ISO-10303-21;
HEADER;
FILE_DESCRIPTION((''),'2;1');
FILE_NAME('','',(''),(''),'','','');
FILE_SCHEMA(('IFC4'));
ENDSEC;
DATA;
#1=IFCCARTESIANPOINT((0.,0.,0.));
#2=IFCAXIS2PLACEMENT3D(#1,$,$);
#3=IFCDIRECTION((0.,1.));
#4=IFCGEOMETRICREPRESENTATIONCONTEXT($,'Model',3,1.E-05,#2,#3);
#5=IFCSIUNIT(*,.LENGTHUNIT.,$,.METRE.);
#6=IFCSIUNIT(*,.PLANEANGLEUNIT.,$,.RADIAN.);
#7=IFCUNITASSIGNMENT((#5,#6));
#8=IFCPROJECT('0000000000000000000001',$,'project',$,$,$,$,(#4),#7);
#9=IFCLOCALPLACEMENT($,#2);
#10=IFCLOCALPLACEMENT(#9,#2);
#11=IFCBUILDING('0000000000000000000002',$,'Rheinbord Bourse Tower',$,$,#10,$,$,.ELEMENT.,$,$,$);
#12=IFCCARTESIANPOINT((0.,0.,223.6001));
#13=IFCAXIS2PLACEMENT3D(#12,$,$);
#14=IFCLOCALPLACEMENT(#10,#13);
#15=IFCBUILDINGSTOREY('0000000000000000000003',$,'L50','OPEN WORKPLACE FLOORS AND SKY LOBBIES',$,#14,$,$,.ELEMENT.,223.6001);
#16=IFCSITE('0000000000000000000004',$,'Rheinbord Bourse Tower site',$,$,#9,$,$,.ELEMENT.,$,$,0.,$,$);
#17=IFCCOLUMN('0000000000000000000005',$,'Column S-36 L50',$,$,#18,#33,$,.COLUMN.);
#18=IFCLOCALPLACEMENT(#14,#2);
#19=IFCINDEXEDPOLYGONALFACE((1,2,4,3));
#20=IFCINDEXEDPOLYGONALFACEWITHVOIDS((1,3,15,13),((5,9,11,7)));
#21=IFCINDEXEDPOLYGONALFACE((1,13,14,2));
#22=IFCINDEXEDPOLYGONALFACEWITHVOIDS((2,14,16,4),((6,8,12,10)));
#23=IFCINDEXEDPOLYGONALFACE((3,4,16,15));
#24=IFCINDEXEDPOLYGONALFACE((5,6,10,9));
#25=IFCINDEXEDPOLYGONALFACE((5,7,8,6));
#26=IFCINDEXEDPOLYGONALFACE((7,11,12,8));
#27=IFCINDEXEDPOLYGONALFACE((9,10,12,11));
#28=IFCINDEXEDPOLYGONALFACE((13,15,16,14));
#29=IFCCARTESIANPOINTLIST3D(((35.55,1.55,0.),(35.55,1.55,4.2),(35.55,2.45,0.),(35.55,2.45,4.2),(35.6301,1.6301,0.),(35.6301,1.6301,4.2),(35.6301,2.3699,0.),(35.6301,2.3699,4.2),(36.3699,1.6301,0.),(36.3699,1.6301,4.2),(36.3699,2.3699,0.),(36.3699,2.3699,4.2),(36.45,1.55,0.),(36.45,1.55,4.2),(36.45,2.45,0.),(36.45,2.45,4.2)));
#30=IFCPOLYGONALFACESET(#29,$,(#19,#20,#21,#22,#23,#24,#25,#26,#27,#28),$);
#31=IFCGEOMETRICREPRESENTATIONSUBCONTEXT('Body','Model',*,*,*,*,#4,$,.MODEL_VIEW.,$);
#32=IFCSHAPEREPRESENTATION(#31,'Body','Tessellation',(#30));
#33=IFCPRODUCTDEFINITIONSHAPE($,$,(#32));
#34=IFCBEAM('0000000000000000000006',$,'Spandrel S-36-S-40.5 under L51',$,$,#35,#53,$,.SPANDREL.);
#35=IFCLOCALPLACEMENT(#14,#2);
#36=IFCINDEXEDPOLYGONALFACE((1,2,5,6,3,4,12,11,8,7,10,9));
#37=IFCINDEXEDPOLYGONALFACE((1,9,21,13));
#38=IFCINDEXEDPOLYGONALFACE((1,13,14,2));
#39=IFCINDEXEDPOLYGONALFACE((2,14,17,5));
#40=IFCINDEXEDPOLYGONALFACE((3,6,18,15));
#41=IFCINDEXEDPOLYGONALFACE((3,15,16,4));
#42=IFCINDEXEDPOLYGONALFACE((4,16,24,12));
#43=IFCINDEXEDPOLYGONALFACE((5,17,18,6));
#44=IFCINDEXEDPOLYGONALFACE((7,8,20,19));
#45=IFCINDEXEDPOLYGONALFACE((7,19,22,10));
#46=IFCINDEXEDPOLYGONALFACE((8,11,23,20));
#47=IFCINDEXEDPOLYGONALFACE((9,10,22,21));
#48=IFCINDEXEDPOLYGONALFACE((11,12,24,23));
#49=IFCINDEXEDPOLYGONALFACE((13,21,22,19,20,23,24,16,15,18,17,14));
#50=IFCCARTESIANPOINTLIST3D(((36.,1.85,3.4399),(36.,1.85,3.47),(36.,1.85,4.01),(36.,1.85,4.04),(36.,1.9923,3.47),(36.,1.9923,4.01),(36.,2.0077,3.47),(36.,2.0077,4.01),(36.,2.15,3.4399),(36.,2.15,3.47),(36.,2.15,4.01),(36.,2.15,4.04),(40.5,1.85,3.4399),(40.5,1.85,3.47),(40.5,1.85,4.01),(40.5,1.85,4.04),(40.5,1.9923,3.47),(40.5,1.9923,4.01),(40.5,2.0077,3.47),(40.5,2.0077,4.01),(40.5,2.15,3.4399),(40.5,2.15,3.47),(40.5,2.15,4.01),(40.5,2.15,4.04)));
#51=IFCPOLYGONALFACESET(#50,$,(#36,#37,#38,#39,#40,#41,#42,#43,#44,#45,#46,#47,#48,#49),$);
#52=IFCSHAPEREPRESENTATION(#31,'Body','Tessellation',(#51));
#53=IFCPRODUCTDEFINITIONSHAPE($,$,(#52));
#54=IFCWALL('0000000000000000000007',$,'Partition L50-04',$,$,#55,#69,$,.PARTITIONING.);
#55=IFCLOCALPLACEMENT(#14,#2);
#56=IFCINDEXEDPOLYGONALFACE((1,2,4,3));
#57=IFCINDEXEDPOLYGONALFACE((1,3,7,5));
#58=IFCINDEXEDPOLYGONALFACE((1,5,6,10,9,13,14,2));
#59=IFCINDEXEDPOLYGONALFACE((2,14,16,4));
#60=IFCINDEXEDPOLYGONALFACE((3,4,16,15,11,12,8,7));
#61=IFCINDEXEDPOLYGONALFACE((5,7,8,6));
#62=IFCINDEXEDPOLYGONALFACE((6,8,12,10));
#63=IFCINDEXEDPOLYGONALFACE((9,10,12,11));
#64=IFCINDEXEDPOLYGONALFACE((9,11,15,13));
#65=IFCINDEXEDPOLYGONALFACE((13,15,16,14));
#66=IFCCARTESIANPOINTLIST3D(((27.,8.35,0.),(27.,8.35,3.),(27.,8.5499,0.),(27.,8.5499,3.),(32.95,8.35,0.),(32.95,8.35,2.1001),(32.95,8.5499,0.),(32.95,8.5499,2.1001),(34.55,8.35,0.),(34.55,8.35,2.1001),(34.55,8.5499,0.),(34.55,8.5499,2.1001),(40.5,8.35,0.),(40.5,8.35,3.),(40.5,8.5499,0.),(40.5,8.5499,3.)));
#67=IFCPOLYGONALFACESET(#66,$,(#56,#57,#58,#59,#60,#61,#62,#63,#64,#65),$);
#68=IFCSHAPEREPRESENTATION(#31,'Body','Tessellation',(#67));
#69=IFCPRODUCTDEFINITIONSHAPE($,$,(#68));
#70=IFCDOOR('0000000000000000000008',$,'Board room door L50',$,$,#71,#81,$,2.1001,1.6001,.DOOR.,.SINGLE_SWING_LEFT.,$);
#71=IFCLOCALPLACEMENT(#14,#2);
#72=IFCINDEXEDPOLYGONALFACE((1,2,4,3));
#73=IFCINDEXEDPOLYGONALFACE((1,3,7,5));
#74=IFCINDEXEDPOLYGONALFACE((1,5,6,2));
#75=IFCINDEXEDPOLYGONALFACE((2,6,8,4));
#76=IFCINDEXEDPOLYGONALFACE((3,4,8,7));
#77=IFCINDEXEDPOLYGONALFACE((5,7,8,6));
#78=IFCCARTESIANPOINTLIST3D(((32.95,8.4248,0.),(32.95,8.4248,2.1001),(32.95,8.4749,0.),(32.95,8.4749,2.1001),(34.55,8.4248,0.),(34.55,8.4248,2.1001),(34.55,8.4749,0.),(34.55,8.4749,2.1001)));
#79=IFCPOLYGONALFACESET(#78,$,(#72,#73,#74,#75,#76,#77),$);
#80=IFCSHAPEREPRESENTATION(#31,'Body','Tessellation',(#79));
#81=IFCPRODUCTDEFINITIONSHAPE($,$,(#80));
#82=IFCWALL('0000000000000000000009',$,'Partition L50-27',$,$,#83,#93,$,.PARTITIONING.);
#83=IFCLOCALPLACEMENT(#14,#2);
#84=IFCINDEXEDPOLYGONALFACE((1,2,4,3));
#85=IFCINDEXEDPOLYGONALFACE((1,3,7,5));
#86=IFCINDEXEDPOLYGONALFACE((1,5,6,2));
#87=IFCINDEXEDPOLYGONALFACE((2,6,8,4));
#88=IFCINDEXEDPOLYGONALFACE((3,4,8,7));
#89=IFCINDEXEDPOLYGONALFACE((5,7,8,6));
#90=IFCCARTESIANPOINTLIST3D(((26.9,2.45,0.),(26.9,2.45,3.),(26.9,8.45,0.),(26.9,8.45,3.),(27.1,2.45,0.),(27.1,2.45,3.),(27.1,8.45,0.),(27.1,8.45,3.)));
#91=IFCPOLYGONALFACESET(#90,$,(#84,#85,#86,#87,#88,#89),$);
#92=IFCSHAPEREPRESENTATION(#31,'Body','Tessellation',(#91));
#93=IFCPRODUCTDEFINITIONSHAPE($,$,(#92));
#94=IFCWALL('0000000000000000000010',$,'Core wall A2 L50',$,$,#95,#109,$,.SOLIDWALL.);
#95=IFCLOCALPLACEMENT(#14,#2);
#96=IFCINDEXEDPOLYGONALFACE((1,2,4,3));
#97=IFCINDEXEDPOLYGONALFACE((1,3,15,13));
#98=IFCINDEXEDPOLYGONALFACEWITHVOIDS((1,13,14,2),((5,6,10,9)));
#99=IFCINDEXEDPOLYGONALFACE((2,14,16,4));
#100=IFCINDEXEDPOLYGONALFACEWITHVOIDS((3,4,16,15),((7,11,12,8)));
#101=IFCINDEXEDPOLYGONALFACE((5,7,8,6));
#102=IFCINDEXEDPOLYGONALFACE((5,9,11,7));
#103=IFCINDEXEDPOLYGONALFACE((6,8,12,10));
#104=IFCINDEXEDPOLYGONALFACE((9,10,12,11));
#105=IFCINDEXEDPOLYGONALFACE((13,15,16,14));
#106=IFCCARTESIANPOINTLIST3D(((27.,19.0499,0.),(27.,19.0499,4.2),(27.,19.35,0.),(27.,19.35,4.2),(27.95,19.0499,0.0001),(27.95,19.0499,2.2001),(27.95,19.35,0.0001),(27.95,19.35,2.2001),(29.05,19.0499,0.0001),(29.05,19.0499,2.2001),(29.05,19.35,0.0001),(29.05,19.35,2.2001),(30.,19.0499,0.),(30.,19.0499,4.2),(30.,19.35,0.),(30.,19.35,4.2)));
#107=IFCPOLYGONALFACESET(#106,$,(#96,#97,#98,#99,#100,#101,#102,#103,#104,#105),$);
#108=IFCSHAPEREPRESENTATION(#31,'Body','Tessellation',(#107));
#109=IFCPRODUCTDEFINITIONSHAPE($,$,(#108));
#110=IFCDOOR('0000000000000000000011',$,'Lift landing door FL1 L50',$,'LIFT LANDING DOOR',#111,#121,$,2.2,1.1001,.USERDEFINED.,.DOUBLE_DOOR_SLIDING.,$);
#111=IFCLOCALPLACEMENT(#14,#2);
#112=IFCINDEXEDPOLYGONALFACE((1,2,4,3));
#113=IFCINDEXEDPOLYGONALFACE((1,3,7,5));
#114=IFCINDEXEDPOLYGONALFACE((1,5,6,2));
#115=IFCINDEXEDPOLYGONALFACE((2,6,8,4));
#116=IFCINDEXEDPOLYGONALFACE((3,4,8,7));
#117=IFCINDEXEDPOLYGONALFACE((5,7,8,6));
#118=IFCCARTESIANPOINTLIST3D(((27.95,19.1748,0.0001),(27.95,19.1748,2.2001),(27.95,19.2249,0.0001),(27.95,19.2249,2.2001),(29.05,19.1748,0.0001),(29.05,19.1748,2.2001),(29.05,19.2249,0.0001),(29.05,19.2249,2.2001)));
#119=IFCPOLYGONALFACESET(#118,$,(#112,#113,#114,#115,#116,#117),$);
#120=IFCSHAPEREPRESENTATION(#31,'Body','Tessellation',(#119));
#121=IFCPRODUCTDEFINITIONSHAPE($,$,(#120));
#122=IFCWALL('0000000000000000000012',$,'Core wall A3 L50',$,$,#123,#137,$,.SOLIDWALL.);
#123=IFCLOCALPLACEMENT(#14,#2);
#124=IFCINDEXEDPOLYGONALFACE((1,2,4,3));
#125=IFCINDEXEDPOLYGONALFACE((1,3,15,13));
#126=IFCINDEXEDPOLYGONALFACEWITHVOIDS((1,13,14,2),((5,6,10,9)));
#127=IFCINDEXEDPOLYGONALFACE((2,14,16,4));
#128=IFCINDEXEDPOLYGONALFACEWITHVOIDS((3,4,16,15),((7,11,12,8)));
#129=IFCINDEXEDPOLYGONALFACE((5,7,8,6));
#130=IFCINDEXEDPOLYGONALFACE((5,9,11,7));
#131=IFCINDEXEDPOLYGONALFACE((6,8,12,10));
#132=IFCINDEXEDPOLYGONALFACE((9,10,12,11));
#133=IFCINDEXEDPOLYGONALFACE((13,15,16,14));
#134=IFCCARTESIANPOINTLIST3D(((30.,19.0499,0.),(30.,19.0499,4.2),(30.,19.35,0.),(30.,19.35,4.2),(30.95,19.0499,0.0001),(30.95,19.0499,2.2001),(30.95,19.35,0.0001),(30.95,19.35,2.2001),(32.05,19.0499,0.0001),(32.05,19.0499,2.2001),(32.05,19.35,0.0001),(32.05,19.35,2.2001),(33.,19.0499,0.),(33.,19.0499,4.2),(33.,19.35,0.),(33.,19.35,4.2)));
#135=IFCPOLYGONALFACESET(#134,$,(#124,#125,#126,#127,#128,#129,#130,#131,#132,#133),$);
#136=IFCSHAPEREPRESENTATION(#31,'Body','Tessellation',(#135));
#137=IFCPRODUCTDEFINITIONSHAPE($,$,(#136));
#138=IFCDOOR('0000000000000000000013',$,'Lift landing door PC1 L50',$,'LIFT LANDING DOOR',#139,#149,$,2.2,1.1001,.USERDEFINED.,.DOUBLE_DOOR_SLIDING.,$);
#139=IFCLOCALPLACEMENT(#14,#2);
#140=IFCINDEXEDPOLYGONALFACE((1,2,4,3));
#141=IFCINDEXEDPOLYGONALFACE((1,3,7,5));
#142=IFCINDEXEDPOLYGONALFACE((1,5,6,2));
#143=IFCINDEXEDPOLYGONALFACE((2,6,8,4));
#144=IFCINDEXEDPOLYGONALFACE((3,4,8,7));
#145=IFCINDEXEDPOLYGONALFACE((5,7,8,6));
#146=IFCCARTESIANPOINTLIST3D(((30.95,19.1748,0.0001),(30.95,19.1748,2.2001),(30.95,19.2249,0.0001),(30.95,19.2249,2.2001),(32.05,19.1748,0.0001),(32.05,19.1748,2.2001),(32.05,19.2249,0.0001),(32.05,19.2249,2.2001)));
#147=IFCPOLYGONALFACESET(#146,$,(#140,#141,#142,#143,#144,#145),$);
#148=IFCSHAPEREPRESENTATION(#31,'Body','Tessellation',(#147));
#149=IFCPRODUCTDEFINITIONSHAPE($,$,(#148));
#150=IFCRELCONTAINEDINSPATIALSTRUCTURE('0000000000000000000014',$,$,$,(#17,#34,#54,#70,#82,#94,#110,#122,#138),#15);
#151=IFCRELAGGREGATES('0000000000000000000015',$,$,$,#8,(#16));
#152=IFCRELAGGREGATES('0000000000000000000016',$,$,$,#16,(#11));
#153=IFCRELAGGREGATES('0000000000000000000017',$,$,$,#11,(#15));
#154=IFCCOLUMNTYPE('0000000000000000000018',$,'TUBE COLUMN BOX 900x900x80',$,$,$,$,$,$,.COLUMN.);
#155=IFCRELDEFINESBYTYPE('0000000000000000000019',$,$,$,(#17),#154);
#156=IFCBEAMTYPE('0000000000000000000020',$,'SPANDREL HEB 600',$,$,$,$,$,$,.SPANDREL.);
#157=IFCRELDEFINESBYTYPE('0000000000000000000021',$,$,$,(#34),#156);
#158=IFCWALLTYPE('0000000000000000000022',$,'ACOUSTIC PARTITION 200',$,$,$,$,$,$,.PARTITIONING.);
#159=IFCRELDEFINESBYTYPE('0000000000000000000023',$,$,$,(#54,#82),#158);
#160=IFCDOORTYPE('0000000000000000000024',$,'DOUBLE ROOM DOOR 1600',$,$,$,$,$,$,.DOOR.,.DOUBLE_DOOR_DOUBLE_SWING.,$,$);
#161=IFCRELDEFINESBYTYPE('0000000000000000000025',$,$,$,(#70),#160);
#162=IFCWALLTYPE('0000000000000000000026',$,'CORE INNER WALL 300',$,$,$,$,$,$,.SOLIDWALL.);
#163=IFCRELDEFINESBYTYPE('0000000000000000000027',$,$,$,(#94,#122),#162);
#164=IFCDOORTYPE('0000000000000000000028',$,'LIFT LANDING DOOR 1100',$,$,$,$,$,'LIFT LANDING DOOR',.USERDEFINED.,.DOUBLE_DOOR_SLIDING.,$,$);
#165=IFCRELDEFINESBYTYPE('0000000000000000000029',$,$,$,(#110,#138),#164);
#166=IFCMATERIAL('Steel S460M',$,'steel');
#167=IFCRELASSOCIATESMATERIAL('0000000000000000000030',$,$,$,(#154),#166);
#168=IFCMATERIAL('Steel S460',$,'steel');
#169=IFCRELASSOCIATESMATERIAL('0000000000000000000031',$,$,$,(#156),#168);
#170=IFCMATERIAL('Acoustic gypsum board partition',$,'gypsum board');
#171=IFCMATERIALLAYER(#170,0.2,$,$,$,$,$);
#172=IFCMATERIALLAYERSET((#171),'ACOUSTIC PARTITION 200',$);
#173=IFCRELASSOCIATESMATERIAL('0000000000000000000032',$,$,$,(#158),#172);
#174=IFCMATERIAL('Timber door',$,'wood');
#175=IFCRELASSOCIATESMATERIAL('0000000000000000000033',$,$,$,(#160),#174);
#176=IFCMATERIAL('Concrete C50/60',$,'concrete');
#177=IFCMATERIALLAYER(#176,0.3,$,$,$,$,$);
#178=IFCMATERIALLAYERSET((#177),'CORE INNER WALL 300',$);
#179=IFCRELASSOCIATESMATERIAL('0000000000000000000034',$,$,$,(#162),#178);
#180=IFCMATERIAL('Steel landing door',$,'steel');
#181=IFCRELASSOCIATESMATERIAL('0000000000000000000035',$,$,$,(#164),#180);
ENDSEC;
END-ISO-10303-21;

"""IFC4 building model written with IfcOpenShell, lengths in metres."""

from ifc_helpers import new_model, si_unit, direction, frame, frame_2d, origin, origin_2d, place, context, subcontext, project, spatial, rectangle, hollow_rectangle, i_section, extrude, material, layer, layer_set, material_profile, profile_set, type_object, element, fill, save


model = new_model("IFC4")

# Units and contexts
model_context = context("Model", 3, precision=1e-05, world=origin(), true_north=direction((0.0, 1.0)))
body_context = subcontext(model_context, "Body", "Model", "MODEL_VIEW")
ifc_project = project(units=[si_unit("LENGTHUNIT", "METRE"), si_unit("PLANEANGLEUNIT", "RADIAN")], contexts=[model_context])

# Site, building, storey
site_placement = place(None, origin())
site = spatial("IfcSite", under=ifc_project, at=site_placement, Name="Rheinbord Bourse Tower site", CompositionType="ELEMENT", RefElevation=0.0)
building_placement = place(site_placement, origin())
building = spatial("IfcBuilding", under=site, at=building_placement, Name="Rheinbord Bourse Tower", CompositionType="ELEMENT")
storey_placement = place(building_placement, frame((0.0, 0.0, 223.6001)))
storey = spatial("IfcBuildingStorey", under=building, at=storey_placement, Name="L50", Description="OPEN WORKPLACE FLOORS AND SKY LOBBIES", CompositionType="ELEMENT", Elevation=223.6001)

# Column
ifc_material_1 = material(Name="Steel S460M", Category="steel")
ifc_material_profile_1 = material_profile(ifc_material_1, hollow_rectangle(XDim=0.8999, YDim=0.8999, WallThickness=0.0801, at=origin_2d()), Name="BOX 900x900x80")
ifc_profile_set_1 = profile_set([ifc_material_profile_1], Name="Steel S460M")
column_type = type_object("IfcColumnType", Name="TUBE COLUMN BOX 900x900x80", PredefinedType="COLUMN", material=ifc_profile_set_1)
column_placement = place(storey_placement, frame((36.0, 2.0, 0.0), z_axis=(0.0, 0.0, 1.0), x_axis=(0.0, 1.0, 0.0)))
element("IfcColumn", 1, at=column_placement, inside=storey, type_object=column_type, Name="Column S-36 L50", PredefinedType="COLUMN", context=body_context, shape_type="SweptSolid", body=[
    extrude(hollow_rectangle(XDim=0.8999, YDim=0.8999, WallThickness=0.0801, at=origin_2d()), origin(), (0.0, 0.0, 1.0), 4.2),
])

# Beam
ifc_material_2 = material(Name="Steel S460", Category="steel")
ifc_material_profile_2 = material_profile(ifc_material_2, i_section(OverallWidth=0.3, OverallDepth=0.6001, WebThickness=0.0154, FlangeThickness=0.03, at=origin_2d()), Name="HEB 600")
ifc_profile_set_2 = profile_set([ifc_material_profile_2], Name="Steel S460")
beam_type = type_object("IfcBeamType", Name="SPANDREL HEB 600", PredefinedType="SPANDREL", material=ifc_profile_set_2)
beam_placement = place(storey_placement, frame((36.0, 2.0, 3.74), z_axis=(1.0, 0.0, 0.0), x_axis=(0.0, 1.0, 0.0)))
element("IfcBeam", 2, at=beam_placement, inside=storey, type_object=beam_type, Name="Spandrel S-36-S-40.5 under L51", PredefinedType="SPANDREL", context=body_context, shape_type="SweptSolid", body=[
    extrude(i_section(OverallWidth=0.3, OverallDepth=0.6001, WebThickness=0.0154, FlangeThickness=0.03, at=origin_2d()), origin(), (0.0, 0.0, 1.0), 4.5),
])

# Wall, opening, door
ifc_material_3 = material(Name="Acoustic gypsum board partition", Category="gypsum board")
ifc_layer_1 = layer(ifc_material_3, 0.2)
ifc_layer_set_1 = layer_set([ifc_layer_1], Name="ACOUSTIC PARTITION 200")
wall_type_1 = type_object("IfcWallType", Name="ACOUSTIC PARTITION 200", PredefinedType="PARTITIONING", material=ifc_layer_set_1)
wall_1_placement = place(storey_placement, frame((27.0, 8.45, 0.0), z_axis=(0.0, 0.0, 1.0), x_axis=(1.0, 0.0, 0.0)))
wall_1 = element("IfcWall", 3, at=wall_1_placement, inside=storey, type_object=wall_type_1, Name="Partition L50-04", PredefinedType="PARTITIONING", context=body_context, shape_type="SweptSolid", body=[
    extrude(rectangle(XDim=13.5, YDim=0.2, at=frame_2d((6.75, 0.0))), origin(), (0.0, 0.0, 1.0), 3.0),
])
opening_1_placement = place(wall_1_placement, frame((5.95, 0.0, 0.0)))
opening_1 = element("IfcOpeningElement", 4, at=opening_1_placement, cuts=wall_1, PredefinedType="OPENING", context=body_context, shape_type="SweptSolid", body=[
    extrude(rectangle(XDim=1.6001, YDim=2.1001, at=frame_2d((0.8, 1.05))), frame((0.0, 0.1099, 0.0), z_axis=(0.0, -1.0, 0.0), x_axis=(1.0, 0.0, 0.0)), (0.0, 0.0, 1.0), 0.22),
])
ifc_material_4 = material(Name="Timber door", Category="wood")
door_type_1 = type_object("IfcDoorType", Name="DOUBLE ROOM DOOR 1600", OperationType="DOUBLE_DOOR_DOUBLE_SWING", PredefinedType="DOOR", material=ifc_material_4)
door_1_placement = place(opening_1_placement, origin())
door_1 = element("IfcDoor", 5, at=door_1_placement, inside=storey, type_object=door_type_1, Name="Board room door L50", OperationType="SINGLE_SWING_LEFT", OverallHeight=2.1001, OverallWidth=1.6001, PredefinedType="DOOR", context=body_context, shape_type="SweptSolid", body=[
    extrude(rectangle(XDim=1.6001, YDim=2.1001, at=frame_2d((0.8, 1.05))), frame((0.0, 0.0249, 0.0), z_axis=(0.0, -1.0, 0.0), x_axis=(1.0, 0.0, 0.0)), (0.0, 0.0, 1.0), 0.05),
])
fill(opening_1, door_1)

# Wall
wall_2_placement = place(storey_placement, frame((27.0, 2.45, 0.0), z_axis=(0.0, 0.0, 1.0), x_axis=(0.0, 1.0, 0.0)))
element("IfcWall", 6, at=wall_2_placement, inside=storey, type_object=wall_type_1, Name="Partition L50-27", PredefinedType="PARTITIONING", context=body_context, shape_type="SweptSolid", body=[
    extrude(rectangle(XDim=6.0, YDim=0.2, at=frame_2d((3.0, 0.0))), origin(), (0.0, 0.0, 1.0), 3.0),
])

# Walls, openings, doors
ifc_material_5 = material(Name="Concrete C50/60", Category="concrete")
ifc_layer_2 = layer(ifc_material_5, 0.3)
ifc_layer_set_2 = layer_set([ifc_layer_2], Name="CORE INNER WALL 300")
wall_type_2 = type_object("IfcWallType", Name="CORE INNER WALL 300", PredefinedType="SOLIDWALL", material=ifc_layer_set_2)
wall_3_placement = place(storey_placement, frame((27.0, 19.2, 0.0), z_axis=(0.0, 0.0, 1.0), x_axis=(1.0, 0.0, 0.0)))
wall_3 = element("IfcWall", 7, at=wall_3_placement, inside=storey, type_object=wall_type_2, Name="Core wall A2 L50", PredefinedType="SOLIDWALL", context=body_context, shape_type="SweptSolid", body=[
    extrude(rectangle(XDim=3.0, YDim=0.3, at=frame_2d((1.5, 0.0))), origin(), (0.0, 0.0, 1.0), 4.2),
])
opening_2_placement = place(wall_3_placement, frame((0.95, 0.0, 0.0)))
opening_2 = element("IfcOpeningElement", 8, at=opening_2_placement, cuts=wall_3, PredefinedType="OPENING", context=body_context, shape_type="SweptSolid", body=[
    extrude(rectangle(XDim=1.1001, YDim=2.2, at=frame_2d((0.55, 1.1001))), frame((0.0, 0.1599, 0.0), z_axis=(0.0, -1.0, 0.0), x_axis=(1.0, 0.0, 0.0)), (0.0, 0.0, 1.0), 0.3201),
])
ifc_material_6 = material(Name="Steel landing door", Category="steel")
door_type_2 = type_object("IfcDoorType", Name="LIFT LANDING DOOR 1100", ElementType="LIFT LANDING DOOR", OperationType="DOUBLE_DOOR_SLIDING", PredefinedType="USERDEFINED", material=ifc_material_6)
door_2_placement = place(opening_2_placement, origin())
door_2 = element("IfcDoor", 9, at=door_2_placement, inside=storey, type_object=door_type_2, Name="Lift landing door FL1 L50", ObjectType="LIFT LANDING DOOR", OperationType="DOUBLE_DOOR_SLIDING", OverallHeight=2.2, OverallWidth=1.1001, PredefinedType="USERDEFINED", context=body_context, shape_type="SweptSolid", body=[
    extrude(rectangle(XDim=1.1001, YDim=2.2, at=frame_2d((0.55, 1.1001))), frame((0.0, 0.0249, 0.0), z_axis=(0.0, -1.0, 0.0), x_axis=(1.0, 0.0, 0.0)), (0.0, 0.0, 1.0), 0.05),
])
fill(opening_2, door_2)
wall_4_placement = place(storey_placement, frame((30.0, 19.2, 0.0), z_axis=(0.0, 0.0, 1.0), x_axis=(1.0, 0.0, 0.0)))
wall_4 = element("IfcWall", 10, at=wall_4_placement, inside=storey, type_object=wall_type_2, Name="Core wall A3 L50", PredefinedType="SOLIDWALL", context=body_context, shape_type="SweptSolid", body=[
    extrude(rectangle(XDim=3.0, YDim=0.3, at=frame_2d((1.5, 0.0))), origin(), (0.0, 0.0, 1.0), 4.2),
])
opening_3_placement = place(wall_4_placement, frame((0.95, 0.0, 0.0)))
opening_3 = element("IfcOpeningElement", 11, at=opening_3_placement, cuts=wall_4, PredefinedType="OPENING", context=body_context, shape_type="SweptSolid", body=[
    extrude(rectangle(XDim=1.1001, YDim=2.2, at=frame_2d((0.55, 1.1001))), frame((0.0, 0.1599, 0.0), z_axis=(0.0, -1.0, 0.0), x_axis=(1.0, 0.0, 0.0)), (0.0, 0.0, 1.0), 0.3201),
])
door_3_placement = place(opening_3_placement, origin())
door_3 = element("IfcDoor", 12, at=door_3_placement, inside=storey, type_object=door_type_2, Name="Lift landing door PC1 L50", ObjectType="LIFT LANDING DOOR", OperationType="DOUBLE_DOOR_SLIDING", OverallHeight=2.2, OverallWidth=1.1001, PredefinedType="USERDEFINED", context=body_context, shape_type="SweptSolid", body=[
    extrude(rectangle(XDim=1.1001, YDim=2.2, at=frame_2d((0.55, 1.1001))), frame((0.0, 0.0249, 0.0), z_axis=(0.0, -1.0, 0.0), x_axis=(1.0, 0.0, 0.0)), (0.0, 0.0, 1.0), 0.05),
])
fill(opening_3, door_3)

save(model, "model.ifc")
